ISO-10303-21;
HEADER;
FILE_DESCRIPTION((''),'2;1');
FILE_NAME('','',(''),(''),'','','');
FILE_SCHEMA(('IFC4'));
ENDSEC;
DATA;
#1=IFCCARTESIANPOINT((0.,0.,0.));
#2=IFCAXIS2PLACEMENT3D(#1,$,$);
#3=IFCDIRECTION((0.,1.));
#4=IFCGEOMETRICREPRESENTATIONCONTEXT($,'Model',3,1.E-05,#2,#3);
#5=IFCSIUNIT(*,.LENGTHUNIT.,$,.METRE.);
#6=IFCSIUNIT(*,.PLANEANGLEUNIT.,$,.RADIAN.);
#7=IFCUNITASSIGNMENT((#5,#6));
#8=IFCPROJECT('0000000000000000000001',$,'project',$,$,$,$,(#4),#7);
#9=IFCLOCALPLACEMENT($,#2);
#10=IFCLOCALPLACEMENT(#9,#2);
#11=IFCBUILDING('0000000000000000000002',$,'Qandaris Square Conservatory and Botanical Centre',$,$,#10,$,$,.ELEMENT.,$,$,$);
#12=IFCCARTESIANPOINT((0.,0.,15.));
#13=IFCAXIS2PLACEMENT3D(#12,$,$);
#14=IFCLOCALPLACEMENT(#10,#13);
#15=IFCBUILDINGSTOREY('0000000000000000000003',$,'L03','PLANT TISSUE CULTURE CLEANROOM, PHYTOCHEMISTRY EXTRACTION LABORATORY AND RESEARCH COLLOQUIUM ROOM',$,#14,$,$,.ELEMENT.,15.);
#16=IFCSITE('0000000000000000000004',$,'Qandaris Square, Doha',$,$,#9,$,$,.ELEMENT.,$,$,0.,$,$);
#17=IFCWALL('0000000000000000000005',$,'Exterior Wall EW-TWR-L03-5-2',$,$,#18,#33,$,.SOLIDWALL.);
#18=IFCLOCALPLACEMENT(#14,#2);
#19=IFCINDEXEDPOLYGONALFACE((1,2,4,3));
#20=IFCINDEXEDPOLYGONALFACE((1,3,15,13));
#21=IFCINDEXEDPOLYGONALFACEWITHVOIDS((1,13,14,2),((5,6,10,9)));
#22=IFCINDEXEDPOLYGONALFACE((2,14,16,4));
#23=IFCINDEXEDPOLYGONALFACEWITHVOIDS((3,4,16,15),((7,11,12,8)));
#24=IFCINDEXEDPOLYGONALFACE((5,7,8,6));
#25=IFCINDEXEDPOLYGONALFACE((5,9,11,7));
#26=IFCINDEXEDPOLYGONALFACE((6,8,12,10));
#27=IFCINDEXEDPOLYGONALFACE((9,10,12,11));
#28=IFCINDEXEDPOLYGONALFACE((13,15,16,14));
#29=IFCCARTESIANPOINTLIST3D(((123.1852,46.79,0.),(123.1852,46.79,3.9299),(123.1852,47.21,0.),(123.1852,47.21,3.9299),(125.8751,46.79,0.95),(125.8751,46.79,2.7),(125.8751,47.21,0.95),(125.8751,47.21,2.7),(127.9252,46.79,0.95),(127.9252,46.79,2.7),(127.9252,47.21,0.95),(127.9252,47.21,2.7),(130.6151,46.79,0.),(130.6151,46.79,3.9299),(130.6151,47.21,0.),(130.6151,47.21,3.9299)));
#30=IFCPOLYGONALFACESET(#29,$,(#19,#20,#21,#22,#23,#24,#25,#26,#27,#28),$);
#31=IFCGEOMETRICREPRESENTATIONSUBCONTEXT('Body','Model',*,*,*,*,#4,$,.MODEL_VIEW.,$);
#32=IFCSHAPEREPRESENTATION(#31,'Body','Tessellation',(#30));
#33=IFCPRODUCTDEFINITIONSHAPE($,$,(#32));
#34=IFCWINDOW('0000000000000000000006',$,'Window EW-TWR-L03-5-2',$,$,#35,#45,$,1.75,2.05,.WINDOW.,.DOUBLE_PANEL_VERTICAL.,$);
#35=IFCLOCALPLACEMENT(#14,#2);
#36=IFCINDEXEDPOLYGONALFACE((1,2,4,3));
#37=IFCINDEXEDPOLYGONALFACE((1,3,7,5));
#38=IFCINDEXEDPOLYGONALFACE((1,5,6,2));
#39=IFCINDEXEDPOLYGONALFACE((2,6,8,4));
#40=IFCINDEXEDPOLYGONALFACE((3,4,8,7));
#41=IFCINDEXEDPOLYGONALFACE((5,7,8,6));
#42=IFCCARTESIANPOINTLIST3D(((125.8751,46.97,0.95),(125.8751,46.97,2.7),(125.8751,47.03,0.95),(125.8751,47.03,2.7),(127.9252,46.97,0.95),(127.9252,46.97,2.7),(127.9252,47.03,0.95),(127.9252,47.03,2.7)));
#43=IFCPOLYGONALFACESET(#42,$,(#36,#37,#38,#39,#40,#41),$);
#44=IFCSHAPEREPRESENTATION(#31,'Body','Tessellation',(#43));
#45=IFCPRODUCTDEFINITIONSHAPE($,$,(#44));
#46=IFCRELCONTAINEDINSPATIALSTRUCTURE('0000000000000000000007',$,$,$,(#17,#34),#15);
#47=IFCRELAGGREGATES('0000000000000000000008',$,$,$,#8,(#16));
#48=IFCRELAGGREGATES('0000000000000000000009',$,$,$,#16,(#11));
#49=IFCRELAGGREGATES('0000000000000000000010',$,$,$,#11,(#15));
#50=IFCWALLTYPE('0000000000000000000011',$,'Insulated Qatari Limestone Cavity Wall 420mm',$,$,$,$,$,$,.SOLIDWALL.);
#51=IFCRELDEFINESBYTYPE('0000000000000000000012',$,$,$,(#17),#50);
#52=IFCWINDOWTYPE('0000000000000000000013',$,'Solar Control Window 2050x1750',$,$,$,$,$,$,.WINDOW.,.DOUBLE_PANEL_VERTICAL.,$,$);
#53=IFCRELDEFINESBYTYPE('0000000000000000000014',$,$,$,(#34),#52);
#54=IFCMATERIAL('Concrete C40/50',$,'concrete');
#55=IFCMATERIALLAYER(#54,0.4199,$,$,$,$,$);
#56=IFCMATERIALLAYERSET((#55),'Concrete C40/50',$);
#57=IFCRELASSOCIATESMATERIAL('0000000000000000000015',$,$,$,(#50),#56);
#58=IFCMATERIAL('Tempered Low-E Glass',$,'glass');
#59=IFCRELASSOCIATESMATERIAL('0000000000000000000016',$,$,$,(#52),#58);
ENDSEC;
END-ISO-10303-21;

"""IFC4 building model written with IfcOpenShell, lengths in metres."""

from ifc_helpers import new_model, si_unit, direction, frame, frame_2d, origin, place, context, subcontext, project, spatial, rectangle, extrude, material, layer, layer_set, type_object, element, fill, save


model = new_model("IFC4")

# Units and contexts
model_context = context("Model", 3, precision=1e-05, world=origin(), true_north=direction((0.0, 1.0)))
body_context = subcontext(model_context, "Body", "Model", "MODEL_VIEW")
ifc_project = project(units=[si_unit("LENGTHUNIT", "METRE"), si_unit("PLANEANGLEUNIT", "RADIAN")], contexts=[model_context])

# Site, building, storey
site_placement = place(None, origin())
site = spatial("IfcSite", under=ifc_project, at=site_placement, Name="Qandaris Square, Doha", CompositionType="ELEMENT", RefElevation=0.0)
building_placement = place(site_placement, origin())
building = spatial("IfcBuilding", under=site, at=building_placement, Name="Qandaris Square Conservatory and Botanical Centre", CompositionType="ELEMENT")
storey_placement = place(building_placement, frame((0.0, 0.0, 15.0)))
storey = spatial("IfcBuildingStorey", under=building, at=storey_placement, Name="L03", Description="PLANT TISSUE CULTURE CLEANROOM, PHYTOCHEMISTRY EXTRACTION LABORATORY AND RESEARCH COLLOQUIUM ROOM", CompositionType="ELEMENT", Elevation=15.0)

# Shared definitions
ifc_material_1 = material(Name="Tempered Low-E Glass", Category="glass")

# Wall, opening, window
ifc_material_2 = material(Name="Concrete C40/50", Category="concrete")
ifc_layer_1 = layer(ifc_material_2, 0.4199)
ifc_layer_set_1 = layer_set([ifc_layer_1], Name="Concrete C40/50")
wall_type = type_object("IfcWallType", Name="Insulated Qatari Limestone Cavity Wall 420mm", PredefinedType="SOLIDWALL", material=ifc_layer_set_1)
wall_placement = place(storey_placement, frame((130.615, 47.0, 0.0), z_axis=(0.0, 0.0, 1.0), x_axis=(-1.0, 0.0, 0.0)))
wall = element("IfcWall", 1, at=wall_placement, inside=storey, type_object=wall_type, Name="Exterior Wall EW-TWR-L03-5-2", PredefinedType="SOLIDWALL", context=body_context, shape_type="SweptSolid", body=[
    extrude(rectangle(XDim=7.4299, YDim=0.4199, at=frame_2d((3.7148, 0.0))), origin(), (0.0, 0.0, 1.0), 3.9299),
])
opening_placement = place(wall_placement, frame((2.6899, 0.0, 0.95)))
opening = element("IfcOpeningElement", 2, at=opening_placement, cuts=wall, PredefinedType="OPENING", context=body_context, shape_type="SweptSolid", body=[
    extrude(rectangle(XDim=2.05, YDim=1.75, at=frame_2d((1.0249, 0.875))), frame((0.0, 0.2219, 0.0), z_axis=(0.0, -1.0, 0.0), x_axis=(1.0, 0.0, 0.0)), (0.0, 0.0, 1.0), 0.4438),
])
window_type = type_object("IfcWindowType", Name="Solar Control Window 2050x1750", PartitioningType="DOUBLE_PANEL_VERTICAL", PredefinedType="WINDOW", material=ifc_material_1)
window_placement = place(opening_placement, origin())
window = element("IfcWindow", 3, at=window_placement, inside=storey, type_object=window_type, Name="Window EW-TWR-L03-5-2", OverallHeight=1.75, OverallWidth=2.05, PartitioningType="DOUBLE_PANEL_VERTICAL", PredefinedType="WINDOW", context=body_context, shape_type="SweptSolid", body=[
    extrude(rectangle(XDim=2.05, YDim=1.75, at=frame_2d((1.0249, 0.875))), frame((0.0, 0.03, 0.0), z_axis=(0.0, -1.0, 0.0), x_axis=(1.0, 0.0, 0.0)), (0.0, 0.0, 1.0), 0.0601),
])
fill(opening, window)

save(model, "model.ifc")
